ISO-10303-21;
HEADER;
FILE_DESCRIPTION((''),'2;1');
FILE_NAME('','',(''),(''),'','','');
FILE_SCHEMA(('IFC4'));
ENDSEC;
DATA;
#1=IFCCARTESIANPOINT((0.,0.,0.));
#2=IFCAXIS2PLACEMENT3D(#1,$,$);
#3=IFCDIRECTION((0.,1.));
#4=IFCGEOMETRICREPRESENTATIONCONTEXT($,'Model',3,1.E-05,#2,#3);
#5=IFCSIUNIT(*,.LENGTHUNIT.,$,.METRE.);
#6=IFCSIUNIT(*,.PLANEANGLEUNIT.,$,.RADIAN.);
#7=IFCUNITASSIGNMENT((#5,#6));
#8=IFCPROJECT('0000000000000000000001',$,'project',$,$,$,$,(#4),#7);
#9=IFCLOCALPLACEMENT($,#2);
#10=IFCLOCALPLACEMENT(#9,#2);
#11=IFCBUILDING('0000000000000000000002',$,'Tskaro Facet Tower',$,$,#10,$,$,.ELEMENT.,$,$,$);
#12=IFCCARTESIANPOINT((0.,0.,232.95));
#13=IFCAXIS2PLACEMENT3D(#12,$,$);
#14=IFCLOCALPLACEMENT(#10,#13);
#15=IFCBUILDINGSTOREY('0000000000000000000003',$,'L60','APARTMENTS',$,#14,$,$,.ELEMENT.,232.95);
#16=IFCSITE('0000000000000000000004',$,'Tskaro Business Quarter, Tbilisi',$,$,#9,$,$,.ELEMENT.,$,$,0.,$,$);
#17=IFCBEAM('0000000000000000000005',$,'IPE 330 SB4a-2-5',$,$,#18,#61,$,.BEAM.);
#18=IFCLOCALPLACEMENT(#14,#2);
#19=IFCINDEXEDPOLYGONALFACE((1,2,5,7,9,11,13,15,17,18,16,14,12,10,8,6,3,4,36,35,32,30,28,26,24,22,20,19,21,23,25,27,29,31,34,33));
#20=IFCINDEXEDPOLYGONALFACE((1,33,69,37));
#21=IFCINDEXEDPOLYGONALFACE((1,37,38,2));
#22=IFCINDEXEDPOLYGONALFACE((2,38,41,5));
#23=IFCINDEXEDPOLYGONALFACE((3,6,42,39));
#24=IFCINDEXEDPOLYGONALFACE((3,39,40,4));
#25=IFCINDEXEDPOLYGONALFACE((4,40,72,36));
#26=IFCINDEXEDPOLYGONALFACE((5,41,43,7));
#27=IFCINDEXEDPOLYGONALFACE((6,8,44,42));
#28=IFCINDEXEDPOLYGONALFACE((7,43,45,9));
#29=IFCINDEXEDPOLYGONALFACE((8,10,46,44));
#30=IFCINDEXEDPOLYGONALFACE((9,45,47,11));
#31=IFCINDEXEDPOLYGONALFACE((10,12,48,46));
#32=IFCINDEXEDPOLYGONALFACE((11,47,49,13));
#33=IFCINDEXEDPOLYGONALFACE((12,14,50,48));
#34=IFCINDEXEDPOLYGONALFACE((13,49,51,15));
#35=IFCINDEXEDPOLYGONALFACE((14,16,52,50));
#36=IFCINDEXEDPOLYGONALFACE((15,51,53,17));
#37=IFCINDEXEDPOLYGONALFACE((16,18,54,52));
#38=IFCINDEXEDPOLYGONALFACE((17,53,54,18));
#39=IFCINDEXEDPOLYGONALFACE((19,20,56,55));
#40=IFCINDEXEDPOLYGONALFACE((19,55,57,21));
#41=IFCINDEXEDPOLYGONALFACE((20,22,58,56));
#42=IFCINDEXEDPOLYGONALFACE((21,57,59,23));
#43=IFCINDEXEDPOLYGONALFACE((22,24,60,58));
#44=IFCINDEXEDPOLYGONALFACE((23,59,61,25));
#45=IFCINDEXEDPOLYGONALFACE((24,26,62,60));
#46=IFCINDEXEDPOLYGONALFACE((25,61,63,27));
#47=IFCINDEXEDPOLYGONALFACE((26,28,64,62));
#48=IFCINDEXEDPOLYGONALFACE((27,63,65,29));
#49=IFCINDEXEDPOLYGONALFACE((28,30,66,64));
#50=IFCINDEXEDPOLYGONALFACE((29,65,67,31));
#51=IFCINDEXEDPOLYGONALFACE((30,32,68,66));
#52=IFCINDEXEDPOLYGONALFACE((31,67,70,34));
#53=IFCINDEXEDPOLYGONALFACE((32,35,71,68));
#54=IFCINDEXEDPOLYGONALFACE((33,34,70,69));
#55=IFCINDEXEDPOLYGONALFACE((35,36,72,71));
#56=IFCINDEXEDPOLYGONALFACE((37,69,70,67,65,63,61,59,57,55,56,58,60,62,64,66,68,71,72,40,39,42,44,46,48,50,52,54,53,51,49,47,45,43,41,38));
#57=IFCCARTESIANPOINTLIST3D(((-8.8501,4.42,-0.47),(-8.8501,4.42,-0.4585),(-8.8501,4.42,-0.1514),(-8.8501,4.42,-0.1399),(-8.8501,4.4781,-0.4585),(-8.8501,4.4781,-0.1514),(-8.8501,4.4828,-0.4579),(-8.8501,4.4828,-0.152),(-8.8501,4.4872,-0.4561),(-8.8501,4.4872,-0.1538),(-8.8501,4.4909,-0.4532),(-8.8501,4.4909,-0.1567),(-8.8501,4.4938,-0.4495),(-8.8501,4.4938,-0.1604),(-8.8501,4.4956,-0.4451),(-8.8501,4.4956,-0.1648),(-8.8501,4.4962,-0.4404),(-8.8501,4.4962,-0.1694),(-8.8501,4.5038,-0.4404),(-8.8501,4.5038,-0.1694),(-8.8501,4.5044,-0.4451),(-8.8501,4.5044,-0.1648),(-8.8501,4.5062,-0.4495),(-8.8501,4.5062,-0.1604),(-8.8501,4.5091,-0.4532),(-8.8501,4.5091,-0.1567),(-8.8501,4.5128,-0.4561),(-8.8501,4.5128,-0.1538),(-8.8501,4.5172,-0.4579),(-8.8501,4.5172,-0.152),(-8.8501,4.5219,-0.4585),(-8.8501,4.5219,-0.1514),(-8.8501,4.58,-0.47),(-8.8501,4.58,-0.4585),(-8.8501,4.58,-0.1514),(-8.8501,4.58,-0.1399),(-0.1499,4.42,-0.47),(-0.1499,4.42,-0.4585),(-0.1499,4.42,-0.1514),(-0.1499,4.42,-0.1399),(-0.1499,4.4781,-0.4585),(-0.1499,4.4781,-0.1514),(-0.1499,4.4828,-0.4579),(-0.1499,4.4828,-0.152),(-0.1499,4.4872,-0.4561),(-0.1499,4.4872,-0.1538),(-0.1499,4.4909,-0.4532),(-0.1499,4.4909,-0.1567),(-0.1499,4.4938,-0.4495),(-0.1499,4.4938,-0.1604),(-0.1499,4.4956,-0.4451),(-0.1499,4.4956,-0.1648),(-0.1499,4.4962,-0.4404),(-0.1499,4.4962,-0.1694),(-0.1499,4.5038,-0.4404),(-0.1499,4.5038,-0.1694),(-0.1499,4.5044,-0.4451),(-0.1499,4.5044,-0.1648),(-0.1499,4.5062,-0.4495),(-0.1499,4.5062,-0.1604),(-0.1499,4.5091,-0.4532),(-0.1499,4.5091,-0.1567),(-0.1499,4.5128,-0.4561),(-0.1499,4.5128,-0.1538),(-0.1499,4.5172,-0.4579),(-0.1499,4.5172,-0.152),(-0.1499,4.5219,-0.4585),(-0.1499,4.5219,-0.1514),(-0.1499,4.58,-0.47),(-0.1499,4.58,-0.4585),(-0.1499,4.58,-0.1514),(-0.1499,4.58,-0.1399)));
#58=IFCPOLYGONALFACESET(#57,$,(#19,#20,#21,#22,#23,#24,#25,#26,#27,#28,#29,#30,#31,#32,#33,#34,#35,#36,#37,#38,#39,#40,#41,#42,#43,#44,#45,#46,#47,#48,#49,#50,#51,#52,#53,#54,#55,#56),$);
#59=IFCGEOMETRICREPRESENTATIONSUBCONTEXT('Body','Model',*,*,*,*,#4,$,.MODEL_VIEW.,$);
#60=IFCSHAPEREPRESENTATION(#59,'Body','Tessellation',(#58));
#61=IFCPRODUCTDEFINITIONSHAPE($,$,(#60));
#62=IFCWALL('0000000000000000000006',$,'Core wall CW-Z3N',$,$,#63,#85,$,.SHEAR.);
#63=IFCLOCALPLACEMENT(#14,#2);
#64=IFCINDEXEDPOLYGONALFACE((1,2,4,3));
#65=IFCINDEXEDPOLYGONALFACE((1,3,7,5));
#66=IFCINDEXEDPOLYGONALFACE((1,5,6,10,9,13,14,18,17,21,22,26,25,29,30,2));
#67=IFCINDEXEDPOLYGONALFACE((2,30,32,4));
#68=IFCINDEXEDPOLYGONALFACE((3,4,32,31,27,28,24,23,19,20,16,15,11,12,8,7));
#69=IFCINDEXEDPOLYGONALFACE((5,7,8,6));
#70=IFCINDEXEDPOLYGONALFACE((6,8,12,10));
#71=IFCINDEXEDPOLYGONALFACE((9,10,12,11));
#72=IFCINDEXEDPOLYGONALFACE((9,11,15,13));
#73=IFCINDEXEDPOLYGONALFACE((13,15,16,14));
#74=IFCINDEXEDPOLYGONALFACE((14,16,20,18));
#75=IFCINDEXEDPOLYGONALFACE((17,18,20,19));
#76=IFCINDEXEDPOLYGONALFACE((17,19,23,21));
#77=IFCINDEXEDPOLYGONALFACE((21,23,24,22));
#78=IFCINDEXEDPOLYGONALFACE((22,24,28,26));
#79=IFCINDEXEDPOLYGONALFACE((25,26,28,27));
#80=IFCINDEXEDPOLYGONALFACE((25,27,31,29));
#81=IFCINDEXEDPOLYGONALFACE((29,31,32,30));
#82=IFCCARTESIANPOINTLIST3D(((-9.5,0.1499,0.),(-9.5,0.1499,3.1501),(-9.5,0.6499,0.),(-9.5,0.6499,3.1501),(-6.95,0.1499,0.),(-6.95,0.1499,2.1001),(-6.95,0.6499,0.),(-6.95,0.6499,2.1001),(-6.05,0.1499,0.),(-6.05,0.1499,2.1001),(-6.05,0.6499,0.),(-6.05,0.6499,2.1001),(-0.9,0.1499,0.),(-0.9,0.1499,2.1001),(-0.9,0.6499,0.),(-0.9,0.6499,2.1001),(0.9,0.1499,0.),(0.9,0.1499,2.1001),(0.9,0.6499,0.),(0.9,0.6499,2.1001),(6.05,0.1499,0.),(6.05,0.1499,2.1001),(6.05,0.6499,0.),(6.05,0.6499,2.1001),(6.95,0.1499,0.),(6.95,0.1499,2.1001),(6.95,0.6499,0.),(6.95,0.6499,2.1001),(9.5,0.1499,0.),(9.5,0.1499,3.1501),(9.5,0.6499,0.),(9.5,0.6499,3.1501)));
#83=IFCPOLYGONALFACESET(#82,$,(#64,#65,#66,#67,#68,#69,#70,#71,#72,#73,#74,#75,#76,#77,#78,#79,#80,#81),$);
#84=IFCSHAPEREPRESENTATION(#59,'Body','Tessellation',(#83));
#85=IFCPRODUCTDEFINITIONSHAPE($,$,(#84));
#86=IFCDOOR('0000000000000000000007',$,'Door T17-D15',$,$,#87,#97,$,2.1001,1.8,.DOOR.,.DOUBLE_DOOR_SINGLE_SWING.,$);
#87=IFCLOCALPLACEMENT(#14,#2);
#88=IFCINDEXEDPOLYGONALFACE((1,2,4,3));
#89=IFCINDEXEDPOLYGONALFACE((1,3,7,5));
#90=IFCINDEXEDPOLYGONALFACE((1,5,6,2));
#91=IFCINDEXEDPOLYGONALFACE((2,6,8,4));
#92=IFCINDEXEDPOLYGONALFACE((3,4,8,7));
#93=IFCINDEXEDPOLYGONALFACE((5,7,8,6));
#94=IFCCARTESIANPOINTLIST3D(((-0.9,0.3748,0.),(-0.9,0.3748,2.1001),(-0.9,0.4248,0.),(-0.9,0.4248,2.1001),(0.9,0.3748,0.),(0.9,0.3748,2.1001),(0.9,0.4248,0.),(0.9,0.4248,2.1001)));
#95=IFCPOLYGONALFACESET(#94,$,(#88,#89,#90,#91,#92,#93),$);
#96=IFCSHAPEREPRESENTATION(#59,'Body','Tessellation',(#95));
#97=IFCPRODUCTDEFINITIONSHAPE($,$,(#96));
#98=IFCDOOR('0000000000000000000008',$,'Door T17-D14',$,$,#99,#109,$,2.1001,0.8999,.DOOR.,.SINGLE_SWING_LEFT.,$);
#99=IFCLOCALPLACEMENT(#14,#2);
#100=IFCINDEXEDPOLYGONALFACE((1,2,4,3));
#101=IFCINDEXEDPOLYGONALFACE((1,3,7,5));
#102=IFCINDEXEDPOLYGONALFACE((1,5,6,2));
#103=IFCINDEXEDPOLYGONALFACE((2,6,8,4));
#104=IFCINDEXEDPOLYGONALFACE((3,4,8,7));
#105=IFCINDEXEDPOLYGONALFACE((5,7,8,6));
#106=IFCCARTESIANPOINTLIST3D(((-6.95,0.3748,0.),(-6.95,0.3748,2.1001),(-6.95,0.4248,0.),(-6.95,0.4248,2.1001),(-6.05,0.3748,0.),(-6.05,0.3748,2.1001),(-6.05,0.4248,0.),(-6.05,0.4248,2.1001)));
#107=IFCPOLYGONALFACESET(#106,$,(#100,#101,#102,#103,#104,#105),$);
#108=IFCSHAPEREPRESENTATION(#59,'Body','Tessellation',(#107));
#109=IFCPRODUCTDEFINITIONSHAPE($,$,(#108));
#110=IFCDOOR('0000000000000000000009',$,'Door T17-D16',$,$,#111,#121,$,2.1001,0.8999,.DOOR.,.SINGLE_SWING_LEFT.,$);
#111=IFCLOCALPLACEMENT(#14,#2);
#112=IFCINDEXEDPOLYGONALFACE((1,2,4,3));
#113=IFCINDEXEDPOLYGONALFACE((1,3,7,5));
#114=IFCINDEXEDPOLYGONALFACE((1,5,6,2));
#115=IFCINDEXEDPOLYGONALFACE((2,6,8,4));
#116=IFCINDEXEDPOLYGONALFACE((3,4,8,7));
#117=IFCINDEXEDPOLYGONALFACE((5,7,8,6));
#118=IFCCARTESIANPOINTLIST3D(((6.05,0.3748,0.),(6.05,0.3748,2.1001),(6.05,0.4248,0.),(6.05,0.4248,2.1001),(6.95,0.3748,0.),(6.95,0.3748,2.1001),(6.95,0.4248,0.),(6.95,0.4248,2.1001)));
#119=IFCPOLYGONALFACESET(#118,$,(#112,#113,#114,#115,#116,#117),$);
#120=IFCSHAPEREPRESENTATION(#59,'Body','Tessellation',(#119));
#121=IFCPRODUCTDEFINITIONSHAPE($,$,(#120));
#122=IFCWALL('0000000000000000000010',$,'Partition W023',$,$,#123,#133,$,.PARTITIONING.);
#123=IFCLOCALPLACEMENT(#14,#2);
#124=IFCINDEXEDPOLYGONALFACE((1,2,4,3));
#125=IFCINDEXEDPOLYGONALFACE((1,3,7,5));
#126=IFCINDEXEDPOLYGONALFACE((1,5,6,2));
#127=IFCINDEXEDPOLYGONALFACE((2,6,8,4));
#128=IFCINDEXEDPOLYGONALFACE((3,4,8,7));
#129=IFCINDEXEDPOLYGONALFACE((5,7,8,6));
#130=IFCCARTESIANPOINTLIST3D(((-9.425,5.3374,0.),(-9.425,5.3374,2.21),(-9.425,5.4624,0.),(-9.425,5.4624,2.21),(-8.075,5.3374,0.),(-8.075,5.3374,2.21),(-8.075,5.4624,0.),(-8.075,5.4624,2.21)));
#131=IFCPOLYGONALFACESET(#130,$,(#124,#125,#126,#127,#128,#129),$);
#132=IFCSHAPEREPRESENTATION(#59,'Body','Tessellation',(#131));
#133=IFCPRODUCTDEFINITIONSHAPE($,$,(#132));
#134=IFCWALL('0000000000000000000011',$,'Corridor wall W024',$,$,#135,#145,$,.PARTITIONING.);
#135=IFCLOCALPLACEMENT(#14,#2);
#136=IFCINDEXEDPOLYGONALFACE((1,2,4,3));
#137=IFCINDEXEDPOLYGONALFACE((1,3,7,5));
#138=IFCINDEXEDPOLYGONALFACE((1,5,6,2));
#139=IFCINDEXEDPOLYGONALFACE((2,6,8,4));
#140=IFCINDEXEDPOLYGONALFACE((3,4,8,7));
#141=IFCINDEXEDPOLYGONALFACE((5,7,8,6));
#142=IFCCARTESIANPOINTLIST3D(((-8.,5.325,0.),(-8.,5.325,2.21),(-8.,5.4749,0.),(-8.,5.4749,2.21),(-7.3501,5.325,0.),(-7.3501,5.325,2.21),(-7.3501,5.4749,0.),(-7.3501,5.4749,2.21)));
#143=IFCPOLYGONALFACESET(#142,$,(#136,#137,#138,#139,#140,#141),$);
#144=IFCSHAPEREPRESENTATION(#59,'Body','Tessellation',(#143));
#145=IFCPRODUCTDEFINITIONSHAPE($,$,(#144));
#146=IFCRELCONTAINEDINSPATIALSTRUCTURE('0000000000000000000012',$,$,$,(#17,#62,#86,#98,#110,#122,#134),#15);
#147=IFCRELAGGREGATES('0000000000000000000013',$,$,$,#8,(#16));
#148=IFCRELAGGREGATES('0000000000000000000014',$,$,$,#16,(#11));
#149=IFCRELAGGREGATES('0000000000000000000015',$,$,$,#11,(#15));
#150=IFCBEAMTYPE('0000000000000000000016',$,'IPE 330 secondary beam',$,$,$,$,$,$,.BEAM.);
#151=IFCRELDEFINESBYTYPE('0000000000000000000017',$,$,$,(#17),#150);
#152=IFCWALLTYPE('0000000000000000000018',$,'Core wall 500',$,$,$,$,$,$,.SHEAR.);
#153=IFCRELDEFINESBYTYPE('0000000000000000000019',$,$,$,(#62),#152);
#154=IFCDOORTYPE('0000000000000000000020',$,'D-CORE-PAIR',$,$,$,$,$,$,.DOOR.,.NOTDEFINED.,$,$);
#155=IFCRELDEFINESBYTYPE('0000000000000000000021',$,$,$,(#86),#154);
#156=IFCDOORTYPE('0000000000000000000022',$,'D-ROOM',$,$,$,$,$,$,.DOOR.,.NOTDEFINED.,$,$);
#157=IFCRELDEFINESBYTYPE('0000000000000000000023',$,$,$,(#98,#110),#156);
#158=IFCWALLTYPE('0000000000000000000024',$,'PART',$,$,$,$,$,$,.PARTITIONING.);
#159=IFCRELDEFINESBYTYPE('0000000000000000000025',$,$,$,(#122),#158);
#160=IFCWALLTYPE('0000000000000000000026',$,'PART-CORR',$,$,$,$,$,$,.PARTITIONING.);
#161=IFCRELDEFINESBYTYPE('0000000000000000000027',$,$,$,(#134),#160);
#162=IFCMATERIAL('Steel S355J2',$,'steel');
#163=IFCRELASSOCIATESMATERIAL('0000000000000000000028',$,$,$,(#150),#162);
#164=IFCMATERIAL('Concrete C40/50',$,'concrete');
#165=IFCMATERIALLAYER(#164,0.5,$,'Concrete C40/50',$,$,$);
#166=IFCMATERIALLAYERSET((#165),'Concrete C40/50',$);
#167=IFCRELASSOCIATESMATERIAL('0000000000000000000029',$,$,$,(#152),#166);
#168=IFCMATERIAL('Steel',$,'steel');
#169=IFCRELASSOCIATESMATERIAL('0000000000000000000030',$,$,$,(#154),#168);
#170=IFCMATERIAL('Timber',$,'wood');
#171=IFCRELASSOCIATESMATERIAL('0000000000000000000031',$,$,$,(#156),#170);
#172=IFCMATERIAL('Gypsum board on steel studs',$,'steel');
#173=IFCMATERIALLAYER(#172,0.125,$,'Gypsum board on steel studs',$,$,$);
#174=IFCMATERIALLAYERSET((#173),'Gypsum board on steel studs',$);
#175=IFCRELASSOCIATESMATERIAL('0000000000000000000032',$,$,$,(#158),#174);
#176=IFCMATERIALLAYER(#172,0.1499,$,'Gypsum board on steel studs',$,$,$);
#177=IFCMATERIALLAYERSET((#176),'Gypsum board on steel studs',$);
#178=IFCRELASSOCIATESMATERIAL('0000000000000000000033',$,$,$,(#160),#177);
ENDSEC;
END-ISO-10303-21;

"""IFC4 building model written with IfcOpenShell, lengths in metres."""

from ifc_helpers import new_model, si_unit, direction, frame, frame_2d, origin, origin_2d, place, context, subcontext, project, spatial, rectangle, i_section, extrude, material, layer, layer_set, material_profile, profile_set, type_object, element, fill, save


model = new_model("IFC4")

# Units and contexts
model_context = context("Model", 3, precision=1e-05, world=origin(), true_north=direction((0.0, 1.0)))
body_context = subcontext(model_context, "Body", "Model", "MODEL_VIEW")
ifc_project = project(units=[si_unit("LENGTHUNIT", "METRE"), si_unit("PLANEANGLEUNIT", "RADIAN")], contexts=[model_context])

# Site, building, storey
site_placement = place(None, origin())
site = spatial("IfcSite", under=ifc_project, at=site_placement, Name="Tskaro Business Quarter, Tbilisi", CompositionType="ELEMENT", RefElevation=0.0)
building_placement = place(site_placement, origin())
building = spatial("IfcBuilding", under=site, at=building_placement, Name="Tskaro Facet Tower", CompositionType="ELEMENT")
storey_placement = place(building_placement, frame((0.0, 0.0, 232.95)))
storey = spatial("IfcBuildingStorey", under=building, at=storey_placement, Name="L60", Description="APARTMENTS", CompositionType="ELEMENT", Elevation=232.95)

# Beam
ifc_material_1 = material(Name="Steel S355J2", Category="steel")
ifc_material_profile_1 = material_profile(ifc_material_1, i_section(OverallWidth=0.1599, OverallDepth=0.3301, WebThickness=0.0076, FlangeThickness=0.0115, FilletRadius=0.0181, at=origin_2d()), Name="IPE 330")
ifc_profile_set_1 = profile_set([ifc_material_profile_1], Name="Steel S355J2")
beam_type_1 = type_object("IfcBeamType", Name="IPE 330 secondary beam", PredefinedType="BEAM", material=ifc_profile_set_1)
beam_1_placement = place(storey_placement, frame((-8.8501, 4.5, -0.3049), z_axis=(1.0, 0.0, 0.0), x_axis=(0.0, 1.0, 0.0)))
element("IfcBeam", 1, at=beam_1_placement, inside=storey, type_object=beam_type_1, Name="IPE 330 SB4a-2-5", PredefinedType="BEAM", context=body_context, shape_type="SweptSolid", body=[
    extrude(i_section(OverallWidth=0.1599, OverallDepth=0.3301, WebThickness=0.0076, FlangeThickness=0.0115, FilletRadius=0.0181, at=origin_2d()), origin(), (0.0, 0.0, 1.0), 8.7002),
])

# Wall, openings, doors
ifc_material_2 = material(Name="Concrete C40/50", Category="concrete")
ifc_layer_1 = layer(ifc_material_2, 0.5, Name="Concrete C40/50")
ifc_layer_set_1 = layer_set([ifc_layer_1], Name="Concrete C40/50")
wall_type_1 = type_object("IfcWallType", Name="Core wall 500", PredefinedType="SHEAR", material=ifc_layer_set_1)
wall_1_placement = place(storey_placement, frame((-9.5, 0.3999, 0.0), z_axis=(0.0, 0.0, 1.0), x_axis=(1.0, 0.0, 0.0)))
wall_1 = element("IfcWall", 2, at=wall_1_placement, inside=storey, type_object=wall_type_1, Name="Core wall CW-Z3N", PredefinedType="SHEAR", context=body_context, shape_type="SweptSolid", body=[
    extrude(rectangle(XDim=19.0, YDim=0.5, at=frame_2d((9.5, 0.0))), origin(), (0.0, 0.0, 1.0), 3.1501),
])
opening_1_placement = place(wall_1_placement, frame((8.6001, 0.0, 0.0)))
opening_1 = element("IfcOpeningElement", 3, at=opening_1_placement, cuts=wall_1, PredefinedType="OPENING", context=body_context, shape_type="SweptSolid", body=[
    extrude(rectangle(XDim=1.8, YDim=2.1001, at=frame_2d((0.8999, 1.05))), frame((0.0, 0.26, 0.0), z_axis=(0.0, -1.0, 0.0), x_axis=(1.0, 0.0, 0.0)), (0.0, 0.0, 1.0), 0.52),
])
opening_2_placement = place(wall_1_placement, frame((2.55, 0.0, 0.0)))
opening_2 = element("IfcOpeningElement", 4, at=opening_2_placement, cuts=wall_1, PredefinedType="OPENING", context=body_context, shape_type="SweptSolid", body=[
    extrude(rectangle(XDim=0.8999, YDim=2.1001, at=frame_2d((0.45, 1.05))), frame((0.0, 0.26, 0.0), z_axis=(0.0, -1.0, 0.0), x_axis=(1.0, 0.0, 0.0)), (0.0, 0.0, 1.0), 0.52),
])
opening_3_placement = place(wall_1_placement, frame((15.55, 0.0, 0.0)))
opening_3 = element("IfcOpeningElement", 5, at=opening_3_placement, cuts=wall_1, PredefinedType="OPENING", context=body_context, shape_type="SweptSolid", body=[
    extrude(rectangle(XDim=0.8999, YDim=2.1001, at=frame_2d((0.45, 1.05))), frame((0.0, 0.26, 0.0), z_axis=(0.0, -1.0, 0.0), x_axis=(1.0, 0.0, 0.0)), (0.0, 0.0, 1.0), 0.52),
])
ifc_material_3 = material(Name="Steel", Category="steel")
door_type_1 = type_object("IfcDoorType", Name="D-CORE-PAIR", OperationType="NOTDEFINED", PredefinedType="DOOR", material=ifc_material_3)
door_1_placement = place(opening_1_placement, origin())
door_1 = element("IfcDoor", 6, at=door_1_placement, inside=storey, type_object=door_type_1, Name="Door T17-D15", OperationType="DOUBLE_DOOR_SINGLE_SWING", OverallHeight=2.1001, OverallWidth=1.8, PredefinedType="DOOR", context=body_context, shape_type="SweptSolid", body=[
    extrude(rectangle(XDim=1.8, YDim=2.1001, at=frame_2d((0.8999, 1.05))), frame((0.0, 0.0249, 0.0), z_axis=(0.0, -1.0, 0.0), x_axis=(1.0, 0.0, 0.0)), (0.0, 0.0, 1.0), 0.05),
])
fill(opening_1, door_1)
ifc_material_4 = material(Name="Timber", Category="wood")
door_type_2 = type_object("IfcDoorType", Name="D-ROOM", OperationType="NOTDEFINED", PredefinedType="DOOR", material=ifc_material_4)
door_2_placement = place(opening_2_placement, origin())
door_2 = element("IfcDoor", 7, at=door_2_placement, inside=storey, type_object=door_type_2, Name="Door T17-D14", OperationType="SINGLE_SWING_LEFT", OverallHeight=2.1001, OverallWidth=0.8999, PredefinedType="DOOR", context=body_context, shape_type="SweptSolid", body=[
    extrude(rectangle(XDim=0.8999, YDim=2.1001, at=frame_2d((0.45, 1.05))), frame((0.0, 0.0249, 0.0), z_axis=(0.0, -1.0, 0.0), x_axis=(1.0, 0.0, 0.0)), (0.0, 0.0, 1.0), 0.05),
])
fill(opening_2, door_2)
door_3_placement = place(opening_3_placement, origin())
door_3 = element("IfcDoor", 8, at=door_3_placement, inside=storey, type_object=door_type_2, Name="Door T17-D16", OperationType="SINGLE_SWING_LEFT", OverallHeight=2.1001, OverallWidth=0.8999, PredefinedType="DOOR", context=body_context, shape_type="SweptSolid", body=[
    extrude(rectangle(XDim=0.8999, YDim=2.1001, at=frame_2d((0.45, 1.05))), frame((0.0, 0.0249, 0.0), z_axis=(0.0, -1.0, 0.0), x_axis=(1.0, 0.0, 0.0)), (0.0, 0.0, 1.0), 0.05),
])
fill(opening_3, door_3)

# Walls
ifc_material_5 = material(Name="Gypsum board on steel studs", Category="steel")
ifc_layer_2 = layer(ifc_material_5, 0.125, Name="Gypsum board on steel studs")
ifc_layer_set_2 = layer_set([ifc_layer_2], Name="Gypsum board on steel studs")
wall_type_2 = type_object("IfcWallType", Name="PART", PredefinedType="PARTITIONING", material=ifc_layer_set_2)
wall_2_placement = place(storey_placement, frame((-9.425, 5.3999, 0.0), z_axis=(0.0, 0.0, 1.0), x_axis=(1.0, 0.0, 0.0)))
element("IfcWall", 9, at=wall_2_placement, inside=storey, type_object=wall_type_2, Name="Partition W023", PredefinedType="PARTITIONING", context=body_context, shape_type="SweptSolid", body=[
    extrude(rectangle(XDim=1.3501, YDim=0.125, at=frame_2d((0.675, 0.0))), origin(), (0.0, 0.0, 1.0), 2.21),
])
ifc_layer_3 = layer(ifc_material_5, 0.1499, Name="Gypsum board on steel studs")
ifc_layer_set_3 = layer_set([ifc_layer_3], Name="Gypsum board on steel studs")
wall_type_3 = type_object("IfcWallType", Name="PART-CORR", PredefinedType="PARTITIONING", material=ifc_layer_set_3)
wall_3_placement = place(storey_placement, frame((-8.0, 5.3999, 0.0), z_axis=(0.0, 0.0, 1.0), x_axis=(1.0, 0.0, 0.0)))
element("IfcWall", 10, at=wall_3_placement, inside=storey, type_object=wall_type_3, Name="Corridor wall W024", PredefinedType="PARTITIONING", context=body_context, shape_type="SweptSolid", body=[
    extrude(rectangle(XDim=0.6499, YDim=0.1499, at=frame_2d((0.325, 0.0))), origin(), (0.0, 0.0, 1.0), 2.21),
])

save(model, "model.ifc")
